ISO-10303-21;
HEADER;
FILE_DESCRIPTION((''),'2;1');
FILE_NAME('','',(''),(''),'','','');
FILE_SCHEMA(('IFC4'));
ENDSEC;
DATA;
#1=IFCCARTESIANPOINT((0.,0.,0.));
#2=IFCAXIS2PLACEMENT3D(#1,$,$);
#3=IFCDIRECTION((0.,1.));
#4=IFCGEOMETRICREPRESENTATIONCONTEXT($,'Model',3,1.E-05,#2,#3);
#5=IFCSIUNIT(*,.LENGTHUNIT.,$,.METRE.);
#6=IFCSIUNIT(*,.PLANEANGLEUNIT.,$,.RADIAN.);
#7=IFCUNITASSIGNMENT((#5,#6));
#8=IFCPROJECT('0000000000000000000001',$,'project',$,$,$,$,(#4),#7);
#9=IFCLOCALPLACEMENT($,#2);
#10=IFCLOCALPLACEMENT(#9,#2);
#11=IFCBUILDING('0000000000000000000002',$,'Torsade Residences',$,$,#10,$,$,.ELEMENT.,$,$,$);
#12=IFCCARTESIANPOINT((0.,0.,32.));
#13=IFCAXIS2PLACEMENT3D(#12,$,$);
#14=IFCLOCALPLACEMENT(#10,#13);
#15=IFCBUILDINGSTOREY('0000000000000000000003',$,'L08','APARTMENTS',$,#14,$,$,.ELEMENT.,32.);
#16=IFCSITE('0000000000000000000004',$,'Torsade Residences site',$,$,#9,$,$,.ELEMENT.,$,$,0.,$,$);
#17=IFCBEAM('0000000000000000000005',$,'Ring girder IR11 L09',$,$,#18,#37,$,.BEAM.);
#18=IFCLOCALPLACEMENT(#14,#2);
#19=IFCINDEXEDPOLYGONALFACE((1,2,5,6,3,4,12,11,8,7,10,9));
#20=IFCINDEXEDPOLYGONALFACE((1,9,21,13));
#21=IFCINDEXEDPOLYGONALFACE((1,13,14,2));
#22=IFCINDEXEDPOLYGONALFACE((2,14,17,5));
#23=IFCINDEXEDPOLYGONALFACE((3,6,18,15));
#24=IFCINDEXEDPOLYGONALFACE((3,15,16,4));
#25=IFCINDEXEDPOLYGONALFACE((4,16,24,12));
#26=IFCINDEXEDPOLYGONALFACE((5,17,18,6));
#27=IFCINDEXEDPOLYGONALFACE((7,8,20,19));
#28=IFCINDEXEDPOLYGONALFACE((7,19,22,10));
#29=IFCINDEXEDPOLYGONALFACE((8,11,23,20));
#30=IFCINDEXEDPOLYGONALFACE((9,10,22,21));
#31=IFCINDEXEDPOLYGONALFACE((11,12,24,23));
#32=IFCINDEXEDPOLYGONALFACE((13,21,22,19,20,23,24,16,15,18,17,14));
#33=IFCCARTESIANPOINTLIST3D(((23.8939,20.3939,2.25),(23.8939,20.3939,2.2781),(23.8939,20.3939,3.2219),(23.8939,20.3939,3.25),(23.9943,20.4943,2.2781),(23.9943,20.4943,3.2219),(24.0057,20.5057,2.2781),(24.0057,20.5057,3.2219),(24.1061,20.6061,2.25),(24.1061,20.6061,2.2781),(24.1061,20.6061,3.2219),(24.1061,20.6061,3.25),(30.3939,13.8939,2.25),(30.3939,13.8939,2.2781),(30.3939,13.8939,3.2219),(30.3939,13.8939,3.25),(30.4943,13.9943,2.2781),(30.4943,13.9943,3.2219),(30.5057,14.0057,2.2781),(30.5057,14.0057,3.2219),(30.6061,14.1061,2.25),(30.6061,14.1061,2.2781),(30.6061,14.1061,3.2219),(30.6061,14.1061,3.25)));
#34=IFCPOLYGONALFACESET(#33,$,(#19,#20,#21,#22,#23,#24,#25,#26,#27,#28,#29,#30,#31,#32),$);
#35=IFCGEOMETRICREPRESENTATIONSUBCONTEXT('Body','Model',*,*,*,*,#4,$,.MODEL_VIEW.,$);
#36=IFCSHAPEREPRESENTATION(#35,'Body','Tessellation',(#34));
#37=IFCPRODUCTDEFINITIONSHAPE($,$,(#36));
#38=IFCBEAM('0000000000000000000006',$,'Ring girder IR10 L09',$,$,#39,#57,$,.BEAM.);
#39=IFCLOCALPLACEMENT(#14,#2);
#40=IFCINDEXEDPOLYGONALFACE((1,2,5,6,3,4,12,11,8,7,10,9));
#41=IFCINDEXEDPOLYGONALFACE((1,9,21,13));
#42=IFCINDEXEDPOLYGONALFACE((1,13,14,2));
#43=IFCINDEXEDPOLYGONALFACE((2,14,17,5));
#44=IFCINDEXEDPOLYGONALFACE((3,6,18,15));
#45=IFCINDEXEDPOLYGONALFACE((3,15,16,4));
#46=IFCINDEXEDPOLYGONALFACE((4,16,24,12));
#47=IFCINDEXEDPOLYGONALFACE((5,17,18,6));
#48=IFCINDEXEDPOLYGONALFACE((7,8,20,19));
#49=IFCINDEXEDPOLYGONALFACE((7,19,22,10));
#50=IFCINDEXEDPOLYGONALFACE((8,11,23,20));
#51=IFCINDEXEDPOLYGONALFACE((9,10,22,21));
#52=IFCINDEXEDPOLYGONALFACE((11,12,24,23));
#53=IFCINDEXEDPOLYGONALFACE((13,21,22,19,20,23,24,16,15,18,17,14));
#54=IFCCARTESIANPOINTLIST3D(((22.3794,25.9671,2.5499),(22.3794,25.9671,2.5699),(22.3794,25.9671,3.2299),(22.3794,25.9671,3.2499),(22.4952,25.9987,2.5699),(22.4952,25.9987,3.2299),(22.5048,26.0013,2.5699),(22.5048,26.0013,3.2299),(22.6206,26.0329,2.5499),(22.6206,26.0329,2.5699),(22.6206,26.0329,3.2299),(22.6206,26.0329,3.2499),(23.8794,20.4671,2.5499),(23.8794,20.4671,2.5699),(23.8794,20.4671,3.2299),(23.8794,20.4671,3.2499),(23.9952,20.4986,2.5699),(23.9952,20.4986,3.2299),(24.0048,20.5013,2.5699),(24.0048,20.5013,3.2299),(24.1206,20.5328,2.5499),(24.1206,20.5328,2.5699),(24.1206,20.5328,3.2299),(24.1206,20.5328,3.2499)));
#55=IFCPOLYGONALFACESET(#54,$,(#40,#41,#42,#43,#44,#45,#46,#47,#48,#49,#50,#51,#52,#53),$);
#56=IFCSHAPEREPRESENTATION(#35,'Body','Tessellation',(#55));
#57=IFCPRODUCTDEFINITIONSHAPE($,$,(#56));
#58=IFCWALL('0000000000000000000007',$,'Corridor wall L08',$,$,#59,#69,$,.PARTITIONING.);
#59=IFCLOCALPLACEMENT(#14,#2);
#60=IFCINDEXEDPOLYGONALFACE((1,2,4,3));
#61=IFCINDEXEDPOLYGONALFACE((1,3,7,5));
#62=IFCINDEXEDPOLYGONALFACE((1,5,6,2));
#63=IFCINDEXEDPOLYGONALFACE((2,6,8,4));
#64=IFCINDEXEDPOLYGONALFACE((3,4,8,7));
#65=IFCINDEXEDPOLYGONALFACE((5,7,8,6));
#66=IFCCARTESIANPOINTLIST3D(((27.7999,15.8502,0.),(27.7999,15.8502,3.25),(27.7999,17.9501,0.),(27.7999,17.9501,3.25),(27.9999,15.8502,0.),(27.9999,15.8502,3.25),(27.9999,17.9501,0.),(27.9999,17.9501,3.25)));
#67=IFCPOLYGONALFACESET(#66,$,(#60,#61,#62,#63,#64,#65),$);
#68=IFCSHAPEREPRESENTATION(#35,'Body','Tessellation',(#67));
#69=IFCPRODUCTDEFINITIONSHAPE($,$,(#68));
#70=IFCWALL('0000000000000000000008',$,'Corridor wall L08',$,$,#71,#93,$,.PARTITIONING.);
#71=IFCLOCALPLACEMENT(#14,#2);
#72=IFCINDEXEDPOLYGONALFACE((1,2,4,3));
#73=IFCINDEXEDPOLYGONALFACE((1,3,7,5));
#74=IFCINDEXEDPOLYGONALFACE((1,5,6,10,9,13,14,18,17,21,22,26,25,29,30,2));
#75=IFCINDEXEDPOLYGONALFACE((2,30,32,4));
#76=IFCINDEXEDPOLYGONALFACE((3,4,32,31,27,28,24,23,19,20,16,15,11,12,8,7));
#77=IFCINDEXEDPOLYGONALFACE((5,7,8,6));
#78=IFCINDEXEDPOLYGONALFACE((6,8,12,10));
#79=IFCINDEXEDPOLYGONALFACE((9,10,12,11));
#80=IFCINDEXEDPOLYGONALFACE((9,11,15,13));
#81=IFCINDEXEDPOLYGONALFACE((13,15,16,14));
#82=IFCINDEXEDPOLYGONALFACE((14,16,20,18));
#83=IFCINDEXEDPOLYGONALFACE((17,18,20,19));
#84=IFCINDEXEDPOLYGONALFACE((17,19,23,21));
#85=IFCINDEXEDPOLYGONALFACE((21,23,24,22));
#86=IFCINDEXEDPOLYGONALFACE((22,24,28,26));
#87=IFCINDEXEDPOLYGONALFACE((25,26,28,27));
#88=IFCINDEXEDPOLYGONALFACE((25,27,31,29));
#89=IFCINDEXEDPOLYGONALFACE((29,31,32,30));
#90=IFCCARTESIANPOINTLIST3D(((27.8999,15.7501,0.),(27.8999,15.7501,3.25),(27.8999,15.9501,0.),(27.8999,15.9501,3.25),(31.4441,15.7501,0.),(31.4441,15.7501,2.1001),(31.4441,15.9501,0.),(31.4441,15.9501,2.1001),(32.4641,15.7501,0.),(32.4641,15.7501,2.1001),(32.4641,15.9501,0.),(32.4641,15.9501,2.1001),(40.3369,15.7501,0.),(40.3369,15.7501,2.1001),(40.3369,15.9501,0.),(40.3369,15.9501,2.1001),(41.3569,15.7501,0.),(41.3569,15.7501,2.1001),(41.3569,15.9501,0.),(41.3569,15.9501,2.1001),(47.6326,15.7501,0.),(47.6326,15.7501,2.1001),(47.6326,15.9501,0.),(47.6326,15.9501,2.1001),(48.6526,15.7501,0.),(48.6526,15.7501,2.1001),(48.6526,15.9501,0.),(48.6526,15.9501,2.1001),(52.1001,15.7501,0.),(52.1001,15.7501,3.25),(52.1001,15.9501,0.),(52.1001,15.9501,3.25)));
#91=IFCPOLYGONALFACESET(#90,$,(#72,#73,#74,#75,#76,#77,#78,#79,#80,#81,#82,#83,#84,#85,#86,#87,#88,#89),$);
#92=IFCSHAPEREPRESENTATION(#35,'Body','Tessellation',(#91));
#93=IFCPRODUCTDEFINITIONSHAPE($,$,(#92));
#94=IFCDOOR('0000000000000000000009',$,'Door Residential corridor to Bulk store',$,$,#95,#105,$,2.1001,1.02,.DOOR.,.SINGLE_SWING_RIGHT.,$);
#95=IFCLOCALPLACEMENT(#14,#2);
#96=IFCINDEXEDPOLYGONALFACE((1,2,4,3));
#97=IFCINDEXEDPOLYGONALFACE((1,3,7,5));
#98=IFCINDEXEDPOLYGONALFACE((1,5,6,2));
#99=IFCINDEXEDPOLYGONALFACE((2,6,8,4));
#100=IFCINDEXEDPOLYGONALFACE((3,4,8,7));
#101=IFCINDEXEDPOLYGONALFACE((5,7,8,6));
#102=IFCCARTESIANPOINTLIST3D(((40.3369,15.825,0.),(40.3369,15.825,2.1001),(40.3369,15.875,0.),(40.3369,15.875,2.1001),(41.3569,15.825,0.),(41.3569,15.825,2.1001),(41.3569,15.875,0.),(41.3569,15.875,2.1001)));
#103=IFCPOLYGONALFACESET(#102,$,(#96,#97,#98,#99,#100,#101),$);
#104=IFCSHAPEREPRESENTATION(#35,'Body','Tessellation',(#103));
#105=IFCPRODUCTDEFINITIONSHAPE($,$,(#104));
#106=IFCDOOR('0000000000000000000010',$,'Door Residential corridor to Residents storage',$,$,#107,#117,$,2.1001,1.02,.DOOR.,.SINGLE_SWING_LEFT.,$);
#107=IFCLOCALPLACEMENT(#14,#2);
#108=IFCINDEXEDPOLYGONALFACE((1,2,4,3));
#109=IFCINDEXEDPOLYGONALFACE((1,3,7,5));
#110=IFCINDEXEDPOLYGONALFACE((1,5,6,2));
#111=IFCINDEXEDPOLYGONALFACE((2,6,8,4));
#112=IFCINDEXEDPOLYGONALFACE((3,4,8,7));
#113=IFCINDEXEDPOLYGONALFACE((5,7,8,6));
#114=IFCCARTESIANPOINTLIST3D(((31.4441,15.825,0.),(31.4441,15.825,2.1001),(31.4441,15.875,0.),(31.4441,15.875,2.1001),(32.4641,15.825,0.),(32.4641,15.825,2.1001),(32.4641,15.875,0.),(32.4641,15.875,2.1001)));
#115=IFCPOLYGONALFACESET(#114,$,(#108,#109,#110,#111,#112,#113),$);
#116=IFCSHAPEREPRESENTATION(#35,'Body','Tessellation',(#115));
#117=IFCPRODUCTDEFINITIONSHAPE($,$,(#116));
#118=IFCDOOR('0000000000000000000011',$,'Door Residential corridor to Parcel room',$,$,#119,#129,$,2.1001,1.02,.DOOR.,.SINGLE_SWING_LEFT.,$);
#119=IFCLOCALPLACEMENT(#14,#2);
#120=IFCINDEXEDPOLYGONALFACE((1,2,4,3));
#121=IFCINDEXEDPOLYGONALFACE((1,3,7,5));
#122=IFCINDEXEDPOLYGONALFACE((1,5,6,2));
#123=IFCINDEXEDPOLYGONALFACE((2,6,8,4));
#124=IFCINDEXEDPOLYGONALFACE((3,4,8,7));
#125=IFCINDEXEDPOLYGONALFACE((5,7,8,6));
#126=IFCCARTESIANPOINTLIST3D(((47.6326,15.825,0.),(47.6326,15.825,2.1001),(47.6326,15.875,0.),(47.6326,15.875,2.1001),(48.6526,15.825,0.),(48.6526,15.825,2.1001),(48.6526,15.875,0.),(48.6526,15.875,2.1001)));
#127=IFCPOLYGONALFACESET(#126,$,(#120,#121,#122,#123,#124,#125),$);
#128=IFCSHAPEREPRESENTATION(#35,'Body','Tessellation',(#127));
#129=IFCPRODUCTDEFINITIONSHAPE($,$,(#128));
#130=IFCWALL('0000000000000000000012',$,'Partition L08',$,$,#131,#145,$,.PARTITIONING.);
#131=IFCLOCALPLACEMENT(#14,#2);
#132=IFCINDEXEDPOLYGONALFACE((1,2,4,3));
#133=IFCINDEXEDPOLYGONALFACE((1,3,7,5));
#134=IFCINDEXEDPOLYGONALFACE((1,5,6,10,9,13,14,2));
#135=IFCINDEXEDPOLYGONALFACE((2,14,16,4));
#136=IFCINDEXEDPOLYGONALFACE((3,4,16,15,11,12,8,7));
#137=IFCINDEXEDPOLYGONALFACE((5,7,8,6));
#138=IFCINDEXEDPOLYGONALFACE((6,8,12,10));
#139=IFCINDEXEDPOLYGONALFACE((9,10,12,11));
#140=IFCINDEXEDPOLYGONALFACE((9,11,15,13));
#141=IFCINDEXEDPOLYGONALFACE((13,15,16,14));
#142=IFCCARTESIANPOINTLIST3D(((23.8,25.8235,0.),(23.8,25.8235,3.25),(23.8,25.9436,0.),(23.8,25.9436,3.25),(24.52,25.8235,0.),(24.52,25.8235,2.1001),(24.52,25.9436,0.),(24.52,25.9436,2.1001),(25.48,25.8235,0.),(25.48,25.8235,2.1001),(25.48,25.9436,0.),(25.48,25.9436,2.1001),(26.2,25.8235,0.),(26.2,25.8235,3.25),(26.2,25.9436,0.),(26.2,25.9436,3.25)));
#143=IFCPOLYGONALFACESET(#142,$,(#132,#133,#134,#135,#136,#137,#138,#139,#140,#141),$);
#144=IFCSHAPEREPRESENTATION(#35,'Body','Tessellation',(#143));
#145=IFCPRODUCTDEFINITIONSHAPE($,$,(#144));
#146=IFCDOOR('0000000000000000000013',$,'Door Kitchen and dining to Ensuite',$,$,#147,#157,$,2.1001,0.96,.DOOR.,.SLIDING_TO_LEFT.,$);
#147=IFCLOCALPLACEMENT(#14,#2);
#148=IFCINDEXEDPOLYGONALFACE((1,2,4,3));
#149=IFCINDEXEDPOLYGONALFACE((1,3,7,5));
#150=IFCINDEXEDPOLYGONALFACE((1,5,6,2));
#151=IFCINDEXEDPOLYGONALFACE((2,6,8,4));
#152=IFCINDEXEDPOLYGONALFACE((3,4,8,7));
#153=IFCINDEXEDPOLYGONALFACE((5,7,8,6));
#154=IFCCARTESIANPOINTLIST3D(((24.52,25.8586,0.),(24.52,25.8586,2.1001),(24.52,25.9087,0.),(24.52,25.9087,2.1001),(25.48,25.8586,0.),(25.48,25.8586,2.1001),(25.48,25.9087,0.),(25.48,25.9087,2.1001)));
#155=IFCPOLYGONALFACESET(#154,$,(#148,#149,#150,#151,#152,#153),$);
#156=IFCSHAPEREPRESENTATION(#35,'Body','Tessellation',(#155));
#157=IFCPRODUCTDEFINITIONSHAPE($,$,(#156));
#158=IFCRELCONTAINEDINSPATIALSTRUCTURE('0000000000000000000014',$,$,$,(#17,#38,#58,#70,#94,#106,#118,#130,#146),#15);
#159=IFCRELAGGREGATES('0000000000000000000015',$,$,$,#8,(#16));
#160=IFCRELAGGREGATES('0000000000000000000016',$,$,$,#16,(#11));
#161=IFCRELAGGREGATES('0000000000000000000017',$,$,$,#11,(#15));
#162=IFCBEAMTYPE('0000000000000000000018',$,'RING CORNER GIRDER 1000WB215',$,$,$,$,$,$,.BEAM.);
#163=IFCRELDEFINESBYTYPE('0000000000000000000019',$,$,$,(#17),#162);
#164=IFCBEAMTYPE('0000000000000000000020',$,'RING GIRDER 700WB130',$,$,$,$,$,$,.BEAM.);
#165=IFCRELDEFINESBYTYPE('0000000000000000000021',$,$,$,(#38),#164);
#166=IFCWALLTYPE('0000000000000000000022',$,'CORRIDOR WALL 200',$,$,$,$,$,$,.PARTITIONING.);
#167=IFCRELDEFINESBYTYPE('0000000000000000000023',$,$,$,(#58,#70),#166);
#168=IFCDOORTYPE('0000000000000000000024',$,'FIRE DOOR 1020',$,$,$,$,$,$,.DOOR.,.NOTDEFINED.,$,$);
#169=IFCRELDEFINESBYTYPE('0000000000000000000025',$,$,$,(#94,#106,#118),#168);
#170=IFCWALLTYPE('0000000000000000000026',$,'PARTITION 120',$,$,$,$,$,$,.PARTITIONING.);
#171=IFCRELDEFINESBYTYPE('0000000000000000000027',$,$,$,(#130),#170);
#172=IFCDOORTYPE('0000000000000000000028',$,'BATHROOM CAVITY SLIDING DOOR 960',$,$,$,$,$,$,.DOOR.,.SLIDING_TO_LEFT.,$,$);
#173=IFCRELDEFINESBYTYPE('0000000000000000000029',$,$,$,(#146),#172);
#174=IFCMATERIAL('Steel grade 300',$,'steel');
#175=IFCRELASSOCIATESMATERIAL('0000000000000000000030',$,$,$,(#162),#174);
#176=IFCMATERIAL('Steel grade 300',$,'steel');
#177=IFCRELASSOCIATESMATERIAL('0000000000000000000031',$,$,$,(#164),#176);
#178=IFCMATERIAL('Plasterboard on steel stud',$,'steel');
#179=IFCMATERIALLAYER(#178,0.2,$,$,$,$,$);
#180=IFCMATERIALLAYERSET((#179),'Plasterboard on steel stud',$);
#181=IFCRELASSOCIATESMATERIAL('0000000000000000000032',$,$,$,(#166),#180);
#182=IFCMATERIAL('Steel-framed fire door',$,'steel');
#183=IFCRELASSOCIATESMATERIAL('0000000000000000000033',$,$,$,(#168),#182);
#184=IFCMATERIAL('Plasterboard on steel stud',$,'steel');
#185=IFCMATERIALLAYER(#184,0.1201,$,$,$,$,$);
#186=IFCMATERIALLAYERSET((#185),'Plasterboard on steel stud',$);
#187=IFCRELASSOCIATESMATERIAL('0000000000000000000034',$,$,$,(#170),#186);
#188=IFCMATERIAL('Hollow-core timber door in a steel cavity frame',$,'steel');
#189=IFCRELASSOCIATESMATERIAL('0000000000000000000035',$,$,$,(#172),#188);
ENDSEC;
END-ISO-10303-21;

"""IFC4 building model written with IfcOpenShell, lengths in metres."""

from ifc_helpers import new_model, si_unit, direction, frame, frame_2d, origin, origin_2d, place, context, subcontext, project, spatial, rectangle, i_section, extrude, material, layer, layer_set, material_profile, profile_set, type_object, element, fill, save


model = new_model("IFC4")

# Units and contexts
model_context = context("Model", 3, precision=1e-05, world=origin(), true_north=direction((0.0, 1.0)))
body_context = subcontext(model_context, "Body", "Model", "MODEL_VIEW")
ifc_project = project(units=[si_unit("LENGTHUNIT", "METRE"), si_unit("PLANEANGLEUNIT", "RADIAN")], contexts=[model_context])

# Site, building, storey
site_placement = place(None, origin())
site = spatial("IfcSite", under=ifc_project, at=site_placement, Name="Torsade Residences site", CompositionType="ELEMENT", RefElevation=0.0)
building_placement = place(site_placement, origin())
building = spatial("IfcBuilding", under=site, at=building_placement, Name="Torsade Residences", CompositionType="ELEMENT")
storey_placement = place(building_placement, frame((0.0, 0.0, 32.0)))
storey = spatial("IfcBuildingStorey", under=building, at=storey_placement, Name="L08", Description="APARTMENTS", CompositionType="ELEMENT", Elevation=32.0)

# Beams
ifc_material_1 = material(Name="Steel grade 300", Category="steel")
ifc_material_profile_1 = material_profile(ifc_material_1, i_section(OverallWidth=0.3, OverallDepth=1.0, WebThickness=0.0161, FlangeThickness=0.0281, at=origin_2d()), Name="1000WB215")
ifc_profile_set_1 = profile_set([ifc_material_profile_1], Name="Steel grade 300")
beam_type_1 = type_object("IfcBeamType", Name="RING CORNER GIRDER 1000WB215", PredefinedType="BEAM", material=ifc_profile_set_1)
beam_1_placement = place(storey_placement, frame((24.0, 20.5, 2.75), z_axis=(0.707107, -0.707107, 0.0), x_axis=(0.707107, 0.707107, 0.0)))
element("IfcBeam", 1, at=beam_1_placement, inside=storey, type_object=beam_type_1, Name="Ring girder IR11 L09", PredefinedType="BEAM", context=body_context, shape_type="SweptSolid", body=[
    extrude(i_section(OverallWidth=0.3, OverallDepth=1.0, WebThickness=0.0161, FlangeThickness=0.0281, at=origin_2d()), origin(), (0.0, 0.0, 1.0), 9.1924),
])
ifc_material_2 = material(Name="Steel grade 300", Category="steel")
ifc_material_profile_2 = material_profile(ifc_material_2, i_section(OverallWidth=0.25, OverallDepth=0.7, WebThickness=0.01, FlangeThickness=0.02, at=origin_2d()), Name="700WB130")
ifc_profile_set_2 = profile_set([ifc_material_profile_2], Name="Steel grade 300")
beam_type_2 = type_object("IfcBeamType", Name="RING GIRDER 700WB130", PredefinedType="BEAM", material=ifc_profile_set_2)
beam_2_placement = place(storey_placement, frame((22.5, 26.0, 2.8999), z_axis=(0.263117, -0.964764, 0.0), x_axis=(0.964764, 0.263117, 0.0)))
element("IfcBeam", 2, at=beam_2_placement, inside=storey, type_object=beam_type_2, Name="Ring girder IR10 L09", PredefinedType="BEAM", context=body_context, shape_type="SweptSolid", body=[
    extrude(i_section(OverallWidth=0.25, OverallDepth=0.7, WebThickness=0.01, FlangeThickness=0.02, at=origin_2d()), origin(), (0.0, 0.0, 1.0), 5.7009),
])

# Wall
ifc_material_3 = material(Name="Plasterboard on steel stud", Category="steel")
ifc_layer_1 = layer(ifc_material_3, 0.2)
ifc_layer_set_1 = layer_set([ifc_layer_1], Name="Plasterboard on steel stud")
wall_type_1 = type_object("IfcWallType", Name="CORRIDOR WALL 200", PredefinedType="PARTITIONING", material=ifc_layer_set_1)
wall_1_placement = place(storey_placement, frame((27.8999, 17.95, 0.0), z_axis=(0.0, 0.0, 1.0), x_axis=(0.0, -1.0, 0.0)))
element("IfcWall", 3, at=wall_1_placement, inside=storey, type_object=wall_type_1, Name="Corridor wall L08", PredefinedType="PARTITIONING", context=body_context, shape_type="SweptSolid", body=[
    extrude(rectangle(XDim=2.0999, YDim=0.2, at=frame_2d((1.0498, 0.0))), origin(), (0.0, 0.0, 1.0), 3.25),
])

# Wall, openings, doors
wall_2_placement = place(storey_placement, frame((27.8999, 15.8501, 0.0), z_axis=(0.0, 0.0, 1.0), x_axis=(1.0, 0.0, 0.0)))
wall_2 = element("IfcWall", 4, at=wall_2_placement, inside=storey, type_object=wall_type_1, Name="Corridor wall L08", PredefinedType="PARTITIONING", context=body_context, shape_type="SweptSolid", body=[
    extrude(rectangle(XDim=24.2002, YDim=0.2, at=frame_2d((12.1001, 0.0))), origin(), (0.0, 0.0, 1.0), 3.25),
])
opening_1_placement = place(wall_2_placement, frame((12.437, 0.0, 0.0)))
opening_1 = element("IfcOpeningElement", 5, at=opening_1_placement, cuts=wall_2, PredefinedType="OPENING", context=body_context, shape_type="SweptSolid", body=[
    extrude(rectangle(XDim=1.02, YDim=2.1001, at=frame_2d((0.51, 1.05))), frame((0.0, 0.1099, 0.0), z_axis=(0.0, -1.0, 0.0), x_axis=(1.0, 0.0, 0.0)), (0.0, 0.0, 1.0), 0.22),
])
opening_2_placement = place(wall_2_placement, frame((3.5442, 0.0, 0.0)))
opening_2 = element("IfcOpeningElement", 6, at=opening_2_placement, cuts=wall_2, PredefinedType="OPENING", context=body_context, shape_type="SweptSolid", body=[
    extrude(rectangle(XDim=1.02, YDim=2.1001, at=frame_2d((0.51, 1.05))), frame((0.0, 0.1099, 0.0), z_axis=(0.0, -1.0, 0.0), x_axis=(1.0, 0.0, 0.0)), (0.0, 0.0, 1.0), 0.22),
])
opening_3_placement = place(wall_2_placement, frame((19.7327, 0.0, 0.0)))
opening_3 = element("IfcOpeningElement", 7, at=opening_3_placement, cuts=wall_2, PredefinedType="OPENING", context=body_context, shape_type="SweptSolid", body=[
    extrude(rectangle(XDim=1.02, YDim=2.1001, at=frame_2d((0.51, 1.05))), frame((0.0, 0.1099, 0.0), z_axis=(0.0, -1.0, 0.0), x_axis=(1.0, 0.0, 0.0)), (0.0, 0.0, 1.0), 0.22),
])
ifc_material_4 = material(Name="Steel-framed fire door", Category="steel")
door_type_1 = type_object("IfcDoorType", Name="FIRE DOOR 1020", OperationType="NOTDEFINED", PredefinedType="DOOR", material=ifc_material_4)
door_1_placement = place(opening_1_placement, origin())
door_1 = element("IfcDoor", 8, at=door_1_placement, inside=storey, type_object=door_type_1, Name="Door Residential corridor to Bulk store", OperationType="SINGLE_SWING_RIGHT", OverallHeight=2.1001, OverallWidth=1.02, PredefinedType="DOOR", context=body_context, shape_type="SweptSolid", body=[
    extrude(rectangle(XDim=1.02, YDim=2.1001, at=frame_2d((0.51, 1.05))), frame((0.0, 0.0249, 0.0), z_axis=(0.0, -1.0, 0.0), x_axis=(1.0, 0.0, 0.0)), (0.0, 0.0, 1.0), 0.05),
])
fill(opening_1, door_1)
door_2_placement = place(opening_2_placement, origin())
door_2 = element("IfcDoor", 9, at=door_2_placement, inside=storey, type_object=door_type_1, Name="Door Residential corridor to Residents storage", OperationType="SINGLE_SWING_LEFT", OverallHeight=2.1001, OverallWidth=1.02, PredefinedType="DOOR", context=body_context, shape_type="SweptSolid", body=[
    extrude(rectangle(XDim=1.02, YDim=2.1001, at=frame_2d((0.51, 1.05))), frame((0.0, 0.0249, 0.0), z_axis=(0.0, -1.0, 0.0), x_axis=(1.0, 0.0, 0.0)), (0.0, 0.0, 1.0), 0.05),
])
fill(opening_2, door_2)
door_3_placement = place(opening_3_placement, origin())
door_3 = element("IfcDoor", 10, at=door_3_placement, inside=storey, type_object=door_type_1, Name="Door Residential corridor to Parcel room", OperationType="SINGLE_SWING_LEFT", OverallHeight=2.1001, OverallWidth=1.02, PredefinedType="DOOR", context=body_context, shape_type="SweptSolid", body=[
    extrude(rectangle(XDim=1.02, YDim=2.1001, at=frame_2d((0.51, 1.05))), frame((0.0, 0.0249, 0.0), z_axis=(0.0, -1.0, 0.0), x_axis=(1.0, 0.0, 0.0)), (0.0, 0.0, 1.0), 0.05),
])
fill(opening_3, door_3)

# Wall, opening, door
ifc_material_5 = material(Name="Plasterboard on steel stud", Category="steel")
ifc_layer_2 = layer(ifc_material_5, 0.1201)
ifc_layer_set_2 = layer_set([ifc_layer_2], Name="Plasterboard on steel stud")
wall_type_2 = type_object("IfcWallType", Name="PARTITION 120", PredefinedType="PARTITIONING", material=ifc_layer_set_2)
wall_3_placement = place(storey_placement, frame((26.2, 25.8835, 0.0), z_axis=(0.0, 0.0, 1.0), x_axis=(-1.0, 0.0, 0.0)))
wall_3 = element("IfcWall", 11, at=wall_3_placement, inside=storey, type_object=wall_type_2, Name="Partition L08", PredefinedType="PARTITIONING", context=body_context, shape_type="SweptSolid", body=[
    extrude(rectangle(XDim=2.3999, YDim=0.1201, at=frame_2d((1.2, 0.0))), origin(), (0.0, 0.0, 1.0), 3.25),
])
opening_4_placement = place(wall_3_placement, frame((0.72, 0.0, 0.0)))
opening_4 = element("IfcOpeningElement", 12, at=opening_4_placement, cuts=wall_3, PredefinedType="OPENING", context=body_context, shape_type="SweptSolid", body=[
    extrude(rectangle(XDim=0.96, YDim=2.1001, at=frame_2d((0.48, 1.05))), frame((0.0, 0.0701, 0.0), z_axis=(0.0, -1.0, 0.0), x_axis=(1.0, 0.0, 0.0)), (0.0, 0.0, 1.0), 0.1401),
])
ifc_material_6 = material(Name="Hollow-core timber door in a steel cavity frame", Category="steel")
door_type_2 = type_object("IfcDoorType", Name="BATHROOM CAVITY SLIDING DOOR 960", OperationType="SLIDING_TO_LEFT", PredefinedType="DOOR", material=ifc_material_6)
door_4_placement = place(opening_4_placement, origin())
door_4 = element("IfcDoor", 13, at=door_4_placement, inside=storey, type_object=door_type_2, Name="Door Kitchen and dining to Ensuite", OperationType="SLIDING_TO_LEFT", OverallHeight=2.1001, OverallWidth=0.96, PredefinedType="DOOR", context=body_context, shape_type="SweptSolid", body=[
    extrude(rectangle(XDim=0.96, YDim=2.1001, at=frame_2d((0.48, 1.05))), frame((0.0, 0.0249, 0.0), z_axis=(0.0, -1.0, 0.0), x_axis=(1.0, 0.0, 0.0)), (0.0, 0.0, 1.0), 0.05),
])
fill(opening_4, door_4)

save(model, "model.ifc")
